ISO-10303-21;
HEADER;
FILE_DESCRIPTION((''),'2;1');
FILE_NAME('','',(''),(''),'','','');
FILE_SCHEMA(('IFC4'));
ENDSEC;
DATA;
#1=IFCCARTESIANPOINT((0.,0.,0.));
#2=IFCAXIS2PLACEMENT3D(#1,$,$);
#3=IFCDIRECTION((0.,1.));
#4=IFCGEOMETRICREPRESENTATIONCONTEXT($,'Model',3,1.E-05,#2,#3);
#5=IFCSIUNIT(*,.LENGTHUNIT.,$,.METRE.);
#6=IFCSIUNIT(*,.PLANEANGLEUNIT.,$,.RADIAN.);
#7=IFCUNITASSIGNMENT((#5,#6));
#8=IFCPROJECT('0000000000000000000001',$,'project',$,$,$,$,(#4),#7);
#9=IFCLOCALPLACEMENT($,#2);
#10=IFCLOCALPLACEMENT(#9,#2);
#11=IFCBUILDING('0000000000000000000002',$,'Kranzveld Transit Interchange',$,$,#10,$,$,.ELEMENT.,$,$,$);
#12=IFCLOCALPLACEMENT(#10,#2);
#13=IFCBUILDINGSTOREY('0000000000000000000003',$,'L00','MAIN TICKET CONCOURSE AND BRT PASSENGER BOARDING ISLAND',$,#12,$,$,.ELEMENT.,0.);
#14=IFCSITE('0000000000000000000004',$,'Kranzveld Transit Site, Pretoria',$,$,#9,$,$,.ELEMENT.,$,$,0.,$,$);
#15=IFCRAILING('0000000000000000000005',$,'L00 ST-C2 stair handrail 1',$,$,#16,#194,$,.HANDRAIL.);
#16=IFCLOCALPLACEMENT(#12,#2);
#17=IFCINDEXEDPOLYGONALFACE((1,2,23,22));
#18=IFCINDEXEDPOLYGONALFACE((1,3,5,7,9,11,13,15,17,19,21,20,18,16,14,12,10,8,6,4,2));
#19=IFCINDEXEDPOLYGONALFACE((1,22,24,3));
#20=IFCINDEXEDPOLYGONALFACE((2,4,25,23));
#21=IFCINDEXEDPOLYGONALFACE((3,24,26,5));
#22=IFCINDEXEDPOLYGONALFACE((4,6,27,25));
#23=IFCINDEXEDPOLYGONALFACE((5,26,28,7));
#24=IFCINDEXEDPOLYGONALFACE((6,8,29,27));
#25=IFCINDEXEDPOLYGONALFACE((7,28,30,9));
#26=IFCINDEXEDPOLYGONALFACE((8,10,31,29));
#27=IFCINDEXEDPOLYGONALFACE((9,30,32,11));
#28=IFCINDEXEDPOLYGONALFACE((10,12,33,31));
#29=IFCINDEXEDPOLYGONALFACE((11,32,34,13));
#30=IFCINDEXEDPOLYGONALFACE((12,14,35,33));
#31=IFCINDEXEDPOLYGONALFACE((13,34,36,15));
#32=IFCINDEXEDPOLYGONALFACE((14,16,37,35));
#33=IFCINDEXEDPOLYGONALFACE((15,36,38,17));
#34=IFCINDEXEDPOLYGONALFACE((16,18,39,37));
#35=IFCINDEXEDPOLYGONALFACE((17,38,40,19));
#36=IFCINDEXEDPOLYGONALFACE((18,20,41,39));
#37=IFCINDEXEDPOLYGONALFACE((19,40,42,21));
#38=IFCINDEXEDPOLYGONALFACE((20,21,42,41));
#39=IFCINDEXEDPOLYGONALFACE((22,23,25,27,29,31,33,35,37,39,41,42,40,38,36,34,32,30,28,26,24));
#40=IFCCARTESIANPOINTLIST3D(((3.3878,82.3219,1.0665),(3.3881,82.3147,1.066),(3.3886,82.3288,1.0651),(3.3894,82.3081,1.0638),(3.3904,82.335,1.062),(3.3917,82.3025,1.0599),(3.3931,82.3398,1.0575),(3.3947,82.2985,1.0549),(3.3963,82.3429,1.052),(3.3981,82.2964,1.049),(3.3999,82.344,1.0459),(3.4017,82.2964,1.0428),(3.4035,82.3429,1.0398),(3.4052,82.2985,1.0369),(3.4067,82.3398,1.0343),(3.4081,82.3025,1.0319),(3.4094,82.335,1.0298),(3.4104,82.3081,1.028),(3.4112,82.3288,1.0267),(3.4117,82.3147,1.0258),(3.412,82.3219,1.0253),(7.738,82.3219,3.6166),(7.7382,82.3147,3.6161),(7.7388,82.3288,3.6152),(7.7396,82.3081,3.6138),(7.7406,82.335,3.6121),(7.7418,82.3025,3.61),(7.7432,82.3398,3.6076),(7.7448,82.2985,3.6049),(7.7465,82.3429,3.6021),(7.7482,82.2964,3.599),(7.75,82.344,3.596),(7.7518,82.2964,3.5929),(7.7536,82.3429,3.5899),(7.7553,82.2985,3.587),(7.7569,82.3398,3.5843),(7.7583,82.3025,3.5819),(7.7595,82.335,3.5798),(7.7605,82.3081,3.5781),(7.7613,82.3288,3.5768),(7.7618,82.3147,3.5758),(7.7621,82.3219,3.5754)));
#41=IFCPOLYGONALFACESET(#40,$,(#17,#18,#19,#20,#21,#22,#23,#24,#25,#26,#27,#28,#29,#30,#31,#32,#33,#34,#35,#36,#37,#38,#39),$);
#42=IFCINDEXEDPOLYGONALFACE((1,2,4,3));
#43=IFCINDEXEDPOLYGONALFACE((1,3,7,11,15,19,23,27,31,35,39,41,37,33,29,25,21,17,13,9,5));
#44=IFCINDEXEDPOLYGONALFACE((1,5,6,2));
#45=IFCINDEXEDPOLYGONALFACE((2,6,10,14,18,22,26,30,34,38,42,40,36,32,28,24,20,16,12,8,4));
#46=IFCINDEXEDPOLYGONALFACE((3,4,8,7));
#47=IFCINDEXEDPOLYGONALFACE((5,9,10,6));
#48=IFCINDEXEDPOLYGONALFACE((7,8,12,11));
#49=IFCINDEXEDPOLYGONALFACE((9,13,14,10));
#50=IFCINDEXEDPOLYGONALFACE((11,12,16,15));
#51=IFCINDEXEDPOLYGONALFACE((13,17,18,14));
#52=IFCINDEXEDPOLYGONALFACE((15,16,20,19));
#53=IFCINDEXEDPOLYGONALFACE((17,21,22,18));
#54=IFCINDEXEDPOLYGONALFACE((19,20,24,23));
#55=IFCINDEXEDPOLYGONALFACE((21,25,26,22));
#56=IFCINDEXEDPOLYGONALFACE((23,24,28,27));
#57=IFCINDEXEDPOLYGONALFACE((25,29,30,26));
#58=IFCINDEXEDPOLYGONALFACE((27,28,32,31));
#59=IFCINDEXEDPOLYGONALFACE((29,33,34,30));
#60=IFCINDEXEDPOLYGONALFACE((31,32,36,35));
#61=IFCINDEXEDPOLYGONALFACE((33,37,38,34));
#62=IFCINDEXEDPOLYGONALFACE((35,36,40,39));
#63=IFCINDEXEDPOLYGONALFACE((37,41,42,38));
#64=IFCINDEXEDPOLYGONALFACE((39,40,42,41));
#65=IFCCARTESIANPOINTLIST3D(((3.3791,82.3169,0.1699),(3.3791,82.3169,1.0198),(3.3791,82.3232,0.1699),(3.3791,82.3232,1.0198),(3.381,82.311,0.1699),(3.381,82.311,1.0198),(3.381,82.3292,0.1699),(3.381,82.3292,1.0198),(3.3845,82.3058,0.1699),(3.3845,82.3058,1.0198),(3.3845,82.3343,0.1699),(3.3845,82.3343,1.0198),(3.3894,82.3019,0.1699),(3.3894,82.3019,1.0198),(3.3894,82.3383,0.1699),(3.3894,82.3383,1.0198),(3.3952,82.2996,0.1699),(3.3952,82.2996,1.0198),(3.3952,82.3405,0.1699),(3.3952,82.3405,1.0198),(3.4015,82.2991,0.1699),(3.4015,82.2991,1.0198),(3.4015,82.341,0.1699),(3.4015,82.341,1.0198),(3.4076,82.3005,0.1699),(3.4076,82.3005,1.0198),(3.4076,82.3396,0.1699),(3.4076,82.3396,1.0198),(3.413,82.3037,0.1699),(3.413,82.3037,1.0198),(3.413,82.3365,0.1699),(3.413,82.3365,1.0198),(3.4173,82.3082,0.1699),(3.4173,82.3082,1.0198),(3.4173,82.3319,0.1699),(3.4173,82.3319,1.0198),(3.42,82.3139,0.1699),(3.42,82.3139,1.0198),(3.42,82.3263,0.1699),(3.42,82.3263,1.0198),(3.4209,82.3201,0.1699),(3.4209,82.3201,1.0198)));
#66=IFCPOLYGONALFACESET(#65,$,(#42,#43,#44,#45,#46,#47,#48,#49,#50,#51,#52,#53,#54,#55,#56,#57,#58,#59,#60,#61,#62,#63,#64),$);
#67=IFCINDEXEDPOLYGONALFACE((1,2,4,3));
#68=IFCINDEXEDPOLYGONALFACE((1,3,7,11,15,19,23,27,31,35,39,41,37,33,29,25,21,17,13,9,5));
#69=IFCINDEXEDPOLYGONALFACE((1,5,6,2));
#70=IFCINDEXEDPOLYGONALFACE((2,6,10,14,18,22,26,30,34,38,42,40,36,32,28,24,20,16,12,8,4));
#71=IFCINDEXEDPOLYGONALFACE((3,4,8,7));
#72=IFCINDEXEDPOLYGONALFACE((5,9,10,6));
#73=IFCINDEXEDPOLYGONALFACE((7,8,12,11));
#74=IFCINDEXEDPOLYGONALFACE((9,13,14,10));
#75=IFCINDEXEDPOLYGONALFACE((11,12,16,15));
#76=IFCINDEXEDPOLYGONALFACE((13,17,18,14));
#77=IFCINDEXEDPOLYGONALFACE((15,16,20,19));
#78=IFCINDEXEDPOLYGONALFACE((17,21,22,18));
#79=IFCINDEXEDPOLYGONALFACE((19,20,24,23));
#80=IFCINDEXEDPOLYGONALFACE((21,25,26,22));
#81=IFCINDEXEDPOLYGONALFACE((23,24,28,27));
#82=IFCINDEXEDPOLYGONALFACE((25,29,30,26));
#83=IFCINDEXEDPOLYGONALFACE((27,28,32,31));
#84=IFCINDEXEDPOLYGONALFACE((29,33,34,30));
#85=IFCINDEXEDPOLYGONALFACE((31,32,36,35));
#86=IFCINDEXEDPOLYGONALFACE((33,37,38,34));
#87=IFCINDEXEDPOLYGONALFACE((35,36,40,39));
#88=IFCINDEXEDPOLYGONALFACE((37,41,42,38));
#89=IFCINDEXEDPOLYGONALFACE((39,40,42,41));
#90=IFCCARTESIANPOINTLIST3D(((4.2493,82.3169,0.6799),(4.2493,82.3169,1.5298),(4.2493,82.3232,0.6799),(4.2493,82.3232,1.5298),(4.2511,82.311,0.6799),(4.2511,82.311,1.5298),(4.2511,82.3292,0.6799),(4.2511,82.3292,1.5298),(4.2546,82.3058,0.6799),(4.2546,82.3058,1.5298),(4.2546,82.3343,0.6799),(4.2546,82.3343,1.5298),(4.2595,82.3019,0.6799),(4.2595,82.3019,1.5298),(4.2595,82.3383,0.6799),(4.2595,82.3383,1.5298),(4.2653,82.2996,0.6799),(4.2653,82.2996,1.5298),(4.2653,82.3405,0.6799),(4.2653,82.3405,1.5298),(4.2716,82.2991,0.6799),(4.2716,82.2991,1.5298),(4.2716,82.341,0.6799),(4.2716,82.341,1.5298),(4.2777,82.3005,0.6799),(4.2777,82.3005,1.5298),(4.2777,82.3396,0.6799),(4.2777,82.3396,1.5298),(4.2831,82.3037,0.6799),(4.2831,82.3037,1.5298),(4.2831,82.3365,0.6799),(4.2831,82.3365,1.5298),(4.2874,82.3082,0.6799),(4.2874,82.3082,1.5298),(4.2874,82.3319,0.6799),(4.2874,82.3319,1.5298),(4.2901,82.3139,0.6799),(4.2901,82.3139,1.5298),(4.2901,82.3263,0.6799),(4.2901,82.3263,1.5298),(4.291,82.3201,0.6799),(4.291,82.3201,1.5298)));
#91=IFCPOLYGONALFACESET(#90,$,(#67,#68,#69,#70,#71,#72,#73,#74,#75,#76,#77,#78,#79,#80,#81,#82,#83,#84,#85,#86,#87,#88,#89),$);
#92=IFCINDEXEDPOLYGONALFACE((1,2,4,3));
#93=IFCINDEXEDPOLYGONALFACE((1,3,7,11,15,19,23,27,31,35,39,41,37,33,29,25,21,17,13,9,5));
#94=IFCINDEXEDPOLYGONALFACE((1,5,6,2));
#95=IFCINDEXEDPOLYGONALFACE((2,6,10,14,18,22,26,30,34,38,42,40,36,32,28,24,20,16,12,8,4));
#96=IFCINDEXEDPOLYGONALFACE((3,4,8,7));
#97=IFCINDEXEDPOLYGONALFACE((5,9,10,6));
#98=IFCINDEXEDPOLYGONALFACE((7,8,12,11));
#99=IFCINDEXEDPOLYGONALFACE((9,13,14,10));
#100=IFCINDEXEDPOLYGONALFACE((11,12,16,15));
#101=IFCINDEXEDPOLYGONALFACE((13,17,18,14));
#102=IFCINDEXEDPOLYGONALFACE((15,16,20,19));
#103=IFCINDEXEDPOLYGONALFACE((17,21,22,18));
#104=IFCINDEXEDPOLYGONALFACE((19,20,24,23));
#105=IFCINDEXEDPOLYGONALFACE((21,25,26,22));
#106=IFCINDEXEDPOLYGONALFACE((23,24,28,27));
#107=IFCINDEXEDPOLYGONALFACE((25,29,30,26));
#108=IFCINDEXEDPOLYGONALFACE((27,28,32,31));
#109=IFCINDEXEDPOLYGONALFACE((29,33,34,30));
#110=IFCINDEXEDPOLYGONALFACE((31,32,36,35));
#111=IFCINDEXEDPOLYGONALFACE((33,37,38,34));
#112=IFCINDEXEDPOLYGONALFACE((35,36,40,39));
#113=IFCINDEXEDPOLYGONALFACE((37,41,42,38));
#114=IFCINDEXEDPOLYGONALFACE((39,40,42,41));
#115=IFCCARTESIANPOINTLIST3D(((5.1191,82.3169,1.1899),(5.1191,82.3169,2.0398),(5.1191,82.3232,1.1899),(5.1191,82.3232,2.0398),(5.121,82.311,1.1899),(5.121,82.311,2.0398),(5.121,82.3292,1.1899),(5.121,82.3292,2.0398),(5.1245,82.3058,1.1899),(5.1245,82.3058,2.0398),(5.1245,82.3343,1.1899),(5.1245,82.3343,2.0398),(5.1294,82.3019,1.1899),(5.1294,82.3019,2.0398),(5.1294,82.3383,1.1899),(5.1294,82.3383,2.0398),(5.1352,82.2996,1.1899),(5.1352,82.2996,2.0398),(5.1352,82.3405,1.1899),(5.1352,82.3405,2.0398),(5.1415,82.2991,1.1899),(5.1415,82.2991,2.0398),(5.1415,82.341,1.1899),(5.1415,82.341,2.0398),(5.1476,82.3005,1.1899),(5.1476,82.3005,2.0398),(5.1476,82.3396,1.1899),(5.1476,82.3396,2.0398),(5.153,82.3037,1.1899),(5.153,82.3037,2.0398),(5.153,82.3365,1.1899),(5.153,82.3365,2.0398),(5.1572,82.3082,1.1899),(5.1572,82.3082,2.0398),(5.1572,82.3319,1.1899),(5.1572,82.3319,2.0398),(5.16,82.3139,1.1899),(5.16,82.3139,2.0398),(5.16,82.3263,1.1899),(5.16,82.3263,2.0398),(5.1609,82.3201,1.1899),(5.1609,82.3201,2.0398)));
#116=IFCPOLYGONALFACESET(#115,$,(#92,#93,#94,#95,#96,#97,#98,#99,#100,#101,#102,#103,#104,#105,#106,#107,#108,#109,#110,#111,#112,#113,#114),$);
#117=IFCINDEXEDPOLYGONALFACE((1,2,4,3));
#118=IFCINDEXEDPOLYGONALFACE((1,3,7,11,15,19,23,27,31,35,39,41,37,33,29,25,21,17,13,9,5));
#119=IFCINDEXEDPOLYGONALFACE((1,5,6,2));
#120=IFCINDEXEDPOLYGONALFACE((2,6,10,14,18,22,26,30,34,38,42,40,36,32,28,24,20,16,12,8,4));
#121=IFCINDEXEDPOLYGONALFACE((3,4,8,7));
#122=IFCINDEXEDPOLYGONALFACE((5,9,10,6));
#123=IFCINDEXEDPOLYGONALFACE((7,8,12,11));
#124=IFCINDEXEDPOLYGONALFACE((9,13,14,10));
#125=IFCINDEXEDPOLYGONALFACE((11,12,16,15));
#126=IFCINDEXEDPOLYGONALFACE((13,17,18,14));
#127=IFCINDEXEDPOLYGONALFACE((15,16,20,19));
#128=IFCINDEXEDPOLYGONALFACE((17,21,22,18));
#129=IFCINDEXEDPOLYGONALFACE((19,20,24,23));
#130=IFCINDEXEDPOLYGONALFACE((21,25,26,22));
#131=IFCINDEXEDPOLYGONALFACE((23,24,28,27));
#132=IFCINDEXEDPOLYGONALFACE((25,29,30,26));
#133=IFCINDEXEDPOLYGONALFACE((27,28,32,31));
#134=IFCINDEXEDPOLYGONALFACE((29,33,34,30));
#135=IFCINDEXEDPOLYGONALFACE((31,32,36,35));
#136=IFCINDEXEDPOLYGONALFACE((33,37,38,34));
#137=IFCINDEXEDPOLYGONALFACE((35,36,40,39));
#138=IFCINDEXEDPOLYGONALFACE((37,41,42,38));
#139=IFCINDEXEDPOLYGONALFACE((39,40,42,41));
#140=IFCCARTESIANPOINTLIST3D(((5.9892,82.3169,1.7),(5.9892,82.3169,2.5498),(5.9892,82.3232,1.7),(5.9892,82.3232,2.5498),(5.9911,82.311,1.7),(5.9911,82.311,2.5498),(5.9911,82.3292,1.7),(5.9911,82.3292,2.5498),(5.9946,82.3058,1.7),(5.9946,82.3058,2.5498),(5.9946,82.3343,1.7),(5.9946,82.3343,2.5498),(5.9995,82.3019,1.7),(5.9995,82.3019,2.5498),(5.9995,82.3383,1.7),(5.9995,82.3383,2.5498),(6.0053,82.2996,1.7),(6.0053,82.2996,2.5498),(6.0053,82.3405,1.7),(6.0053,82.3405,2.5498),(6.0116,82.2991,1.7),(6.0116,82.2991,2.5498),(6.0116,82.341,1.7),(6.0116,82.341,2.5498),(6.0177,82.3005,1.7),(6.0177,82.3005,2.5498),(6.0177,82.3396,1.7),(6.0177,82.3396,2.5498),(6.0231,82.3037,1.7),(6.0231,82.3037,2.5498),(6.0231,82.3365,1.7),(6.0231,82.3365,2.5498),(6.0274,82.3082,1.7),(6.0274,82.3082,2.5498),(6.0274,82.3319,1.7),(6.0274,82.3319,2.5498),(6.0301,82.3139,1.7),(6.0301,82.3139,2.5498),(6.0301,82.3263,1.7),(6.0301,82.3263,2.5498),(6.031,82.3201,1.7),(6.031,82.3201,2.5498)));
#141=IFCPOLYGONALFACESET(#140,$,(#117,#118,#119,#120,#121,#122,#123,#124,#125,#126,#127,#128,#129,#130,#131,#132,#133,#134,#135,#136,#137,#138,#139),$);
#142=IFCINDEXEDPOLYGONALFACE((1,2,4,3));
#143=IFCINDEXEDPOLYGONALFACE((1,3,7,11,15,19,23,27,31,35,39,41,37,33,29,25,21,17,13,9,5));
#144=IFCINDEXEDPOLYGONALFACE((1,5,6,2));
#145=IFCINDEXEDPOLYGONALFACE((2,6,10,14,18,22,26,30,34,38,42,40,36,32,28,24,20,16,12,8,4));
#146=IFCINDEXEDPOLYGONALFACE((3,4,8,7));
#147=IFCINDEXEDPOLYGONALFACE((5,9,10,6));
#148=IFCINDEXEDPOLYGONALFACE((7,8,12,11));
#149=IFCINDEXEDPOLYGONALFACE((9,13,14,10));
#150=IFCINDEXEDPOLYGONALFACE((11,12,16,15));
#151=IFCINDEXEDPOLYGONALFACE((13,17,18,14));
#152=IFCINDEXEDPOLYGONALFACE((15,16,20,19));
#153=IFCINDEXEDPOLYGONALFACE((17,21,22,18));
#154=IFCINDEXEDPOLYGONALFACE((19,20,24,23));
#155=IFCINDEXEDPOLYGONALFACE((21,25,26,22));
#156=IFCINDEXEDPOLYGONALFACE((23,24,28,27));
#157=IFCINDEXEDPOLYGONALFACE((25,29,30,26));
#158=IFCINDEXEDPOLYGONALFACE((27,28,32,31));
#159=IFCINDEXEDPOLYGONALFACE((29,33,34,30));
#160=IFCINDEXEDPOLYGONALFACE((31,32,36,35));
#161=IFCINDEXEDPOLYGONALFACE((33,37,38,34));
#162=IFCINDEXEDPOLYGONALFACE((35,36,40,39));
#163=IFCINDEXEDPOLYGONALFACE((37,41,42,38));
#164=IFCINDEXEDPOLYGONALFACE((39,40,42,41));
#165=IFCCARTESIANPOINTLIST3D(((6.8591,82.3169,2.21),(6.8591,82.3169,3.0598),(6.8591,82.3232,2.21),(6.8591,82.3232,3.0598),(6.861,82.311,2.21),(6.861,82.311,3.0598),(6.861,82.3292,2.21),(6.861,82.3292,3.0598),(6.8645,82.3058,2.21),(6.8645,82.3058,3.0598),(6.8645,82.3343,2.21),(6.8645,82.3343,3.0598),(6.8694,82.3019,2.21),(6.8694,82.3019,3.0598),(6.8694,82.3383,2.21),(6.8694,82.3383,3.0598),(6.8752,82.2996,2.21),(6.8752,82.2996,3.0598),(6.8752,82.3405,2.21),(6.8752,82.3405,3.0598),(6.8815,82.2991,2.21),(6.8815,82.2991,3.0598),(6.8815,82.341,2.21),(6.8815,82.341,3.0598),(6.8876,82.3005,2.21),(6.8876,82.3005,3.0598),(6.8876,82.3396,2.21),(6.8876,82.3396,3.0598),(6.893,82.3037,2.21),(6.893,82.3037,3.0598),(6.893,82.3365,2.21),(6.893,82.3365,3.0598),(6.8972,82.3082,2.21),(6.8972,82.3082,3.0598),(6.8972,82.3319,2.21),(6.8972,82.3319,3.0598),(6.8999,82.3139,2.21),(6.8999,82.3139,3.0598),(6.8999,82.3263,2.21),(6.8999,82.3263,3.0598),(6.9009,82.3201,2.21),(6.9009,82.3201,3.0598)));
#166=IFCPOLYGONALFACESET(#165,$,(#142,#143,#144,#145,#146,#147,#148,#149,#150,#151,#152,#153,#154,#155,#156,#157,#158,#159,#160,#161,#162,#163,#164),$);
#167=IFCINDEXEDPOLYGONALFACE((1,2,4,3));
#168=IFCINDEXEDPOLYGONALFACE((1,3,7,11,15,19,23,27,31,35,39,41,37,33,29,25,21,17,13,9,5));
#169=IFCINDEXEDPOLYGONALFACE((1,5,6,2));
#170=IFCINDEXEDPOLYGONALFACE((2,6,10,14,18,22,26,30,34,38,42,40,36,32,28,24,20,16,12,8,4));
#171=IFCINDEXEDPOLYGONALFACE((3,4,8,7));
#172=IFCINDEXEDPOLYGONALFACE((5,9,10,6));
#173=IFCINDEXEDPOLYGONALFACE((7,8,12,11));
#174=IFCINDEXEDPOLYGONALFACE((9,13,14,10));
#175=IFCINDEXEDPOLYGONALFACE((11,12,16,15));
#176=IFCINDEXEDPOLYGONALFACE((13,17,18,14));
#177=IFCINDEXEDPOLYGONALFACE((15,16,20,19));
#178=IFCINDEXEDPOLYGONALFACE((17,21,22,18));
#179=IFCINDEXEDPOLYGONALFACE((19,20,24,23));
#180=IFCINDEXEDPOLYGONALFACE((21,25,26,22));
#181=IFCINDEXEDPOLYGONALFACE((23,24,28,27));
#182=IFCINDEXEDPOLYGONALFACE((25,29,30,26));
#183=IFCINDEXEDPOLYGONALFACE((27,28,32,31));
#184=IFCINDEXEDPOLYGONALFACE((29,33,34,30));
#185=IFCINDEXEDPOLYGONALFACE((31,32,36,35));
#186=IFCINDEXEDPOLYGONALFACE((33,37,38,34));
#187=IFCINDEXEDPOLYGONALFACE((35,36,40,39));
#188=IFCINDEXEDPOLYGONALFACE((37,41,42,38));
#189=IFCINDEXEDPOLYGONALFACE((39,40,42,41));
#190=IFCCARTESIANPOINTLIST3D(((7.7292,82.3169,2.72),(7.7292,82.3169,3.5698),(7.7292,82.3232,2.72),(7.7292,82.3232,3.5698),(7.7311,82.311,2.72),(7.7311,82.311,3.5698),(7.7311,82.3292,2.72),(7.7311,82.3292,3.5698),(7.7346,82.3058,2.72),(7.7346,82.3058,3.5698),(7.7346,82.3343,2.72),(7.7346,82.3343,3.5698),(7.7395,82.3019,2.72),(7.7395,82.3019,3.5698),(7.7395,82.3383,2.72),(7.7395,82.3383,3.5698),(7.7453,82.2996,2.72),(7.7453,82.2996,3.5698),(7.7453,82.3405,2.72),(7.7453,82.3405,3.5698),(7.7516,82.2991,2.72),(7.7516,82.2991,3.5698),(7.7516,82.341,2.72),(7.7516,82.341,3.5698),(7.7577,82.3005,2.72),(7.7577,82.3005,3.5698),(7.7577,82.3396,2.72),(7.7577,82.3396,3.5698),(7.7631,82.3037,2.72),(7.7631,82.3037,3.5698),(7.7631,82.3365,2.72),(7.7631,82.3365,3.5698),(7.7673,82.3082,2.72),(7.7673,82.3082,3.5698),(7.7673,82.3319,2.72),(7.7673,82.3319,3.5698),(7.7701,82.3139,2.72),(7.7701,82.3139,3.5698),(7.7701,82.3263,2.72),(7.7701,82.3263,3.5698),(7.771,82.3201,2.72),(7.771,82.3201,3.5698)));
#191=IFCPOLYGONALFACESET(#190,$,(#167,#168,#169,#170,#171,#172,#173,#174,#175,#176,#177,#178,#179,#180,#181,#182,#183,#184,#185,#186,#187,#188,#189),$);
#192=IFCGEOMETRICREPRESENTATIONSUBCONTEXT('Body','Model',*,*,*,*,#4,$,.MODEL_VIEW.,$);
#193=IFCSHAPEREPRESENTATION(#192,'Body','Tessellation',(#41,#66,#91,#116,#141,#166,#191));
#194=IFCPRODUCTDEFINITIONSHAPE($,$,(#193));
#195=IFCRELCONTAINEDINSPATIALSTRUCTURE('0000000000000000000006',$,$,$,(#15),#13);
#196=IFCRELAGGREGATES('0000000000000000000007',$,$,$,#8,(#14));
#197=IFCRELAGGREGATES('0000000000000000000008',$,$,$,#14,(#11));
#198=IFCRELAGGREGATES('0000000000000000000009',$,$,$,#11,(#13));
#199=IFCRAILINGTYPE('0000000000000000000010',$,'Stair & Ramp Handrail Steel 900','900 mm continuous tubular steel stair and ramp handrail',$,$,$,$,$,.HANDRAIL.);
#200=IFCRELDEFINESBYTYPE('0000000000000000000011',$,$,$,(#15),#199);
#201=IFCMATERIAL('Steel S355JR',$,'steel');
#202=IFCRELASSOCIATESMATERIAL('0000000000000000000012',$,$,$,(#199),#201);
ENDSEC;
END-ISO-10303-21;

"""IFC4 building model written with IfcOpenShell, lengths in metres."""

from ifc_helpers import new_model, si_unit, direction, frame, origin, origin_2d, place, context, subcontext, project, spatial, circle, extrude, material, type_object, element, save


model = new_model("IFC4")

# Units and contexts
model_context = context("Model", 3, precision=1e-05, world=origin(), true_north=direction((0.0, 1.0)))
body_context = subcontext(model_context, "Body", "Model", "MODEL_VIEW")
ifc_project = project(units=[si_unit("LENGTHUNIT", "METRE"), si_unit("PLANEANGLEUNIT", "RADIAN")], contexts=[model_context])

# Site, building, storey
site_placement = place(None, origin())
site = spatial("IfcSite", under=ifc_project, at=site_placement, Name="Kranzveld Transit Site, Pretoria", CompositionType="ELEMENT", RefElevation=0.0)
building_placement = place(site_placement, origin())
building = spatial("IfcBuilding", under=site, at=building_placement, Name="Kranzveld Transit Interchange", CompositionType="ELEMENT")
storey_placement = place(building_placement, origin())
storey = spatial("IfcBuildingStorey", under=building, at=storey_placement, Name="L00", Description="MAIN TICKET CONCOURSE AND BRT PASSENGER BOARDING ISLAND", CompositionType="ELEMENT", Elevation=0.0)

# Railing
ifc_material_1 = material(Name="Steel S355JR", Category="steel")
railing_type_1 = type_object("IfcRailingType", Name="Stair & Ramp Handrail Steel 900", Description="900 mm continuous tubular steel stair and ramp handrail", PredefinedType="HANDRAIL", material=ifc_material_1)
railing_1_placement = place(storey_placement, frame((3.3999, 82.3201, 0.1699)))
element("IfcRailing", 1, at=railing_1_placement, inside=storey, type_object=railing_type_1, Name="L00 ST-C2 stair handrail 1", PredefinedType="HANDRAIL", context=body_context, shape_type="SweptSolid", body=[
    extrude(circle(Radius=0.0239, at=origin_2d()), frame((0.0, 0.0, 0.876), z_axis=(0.862699, 0.0, 0.505718), x_axis=(0.0, 1.0, 0.0)), (0.0, 0.0, 1.0), 5.0425),
    extrude(circle(Radius=0.021, at=origin_2d()), origin(), (0.0, 0.0, 1.0), 0.8499),
    extrude(circle(Radius=0.021, at=origin_2d()), frame((0.8701, 0.0, 0.51)), (0.0, 0.0, 1.0), 0.8499),
    extrude(circle(Radius=0.021, at=origin_2d()), frame((1.74, 0.0, 1.02)), (0.0, 0.0, 1.0), 0.8499),
    extrude(circle(Radius=0.021, at=origin_2d()), frame((2.6101, 0.0, 1.53)), (0.0, 0.0, 1.0), 0.8499),
    extrude(circle(Radius=0.021, at=origin_2d()), frame((3.48, 0.0, 2.04)), (0.0, 0.0, 1.0), 0.8499),
    extrude(circle(Radius=0.021, at=origin_2d()), frame((4.3501, 0.0, 2.55)), (0.0, 0.0, 1.0), 0.8499),
])

save(model, "model.ifc")
